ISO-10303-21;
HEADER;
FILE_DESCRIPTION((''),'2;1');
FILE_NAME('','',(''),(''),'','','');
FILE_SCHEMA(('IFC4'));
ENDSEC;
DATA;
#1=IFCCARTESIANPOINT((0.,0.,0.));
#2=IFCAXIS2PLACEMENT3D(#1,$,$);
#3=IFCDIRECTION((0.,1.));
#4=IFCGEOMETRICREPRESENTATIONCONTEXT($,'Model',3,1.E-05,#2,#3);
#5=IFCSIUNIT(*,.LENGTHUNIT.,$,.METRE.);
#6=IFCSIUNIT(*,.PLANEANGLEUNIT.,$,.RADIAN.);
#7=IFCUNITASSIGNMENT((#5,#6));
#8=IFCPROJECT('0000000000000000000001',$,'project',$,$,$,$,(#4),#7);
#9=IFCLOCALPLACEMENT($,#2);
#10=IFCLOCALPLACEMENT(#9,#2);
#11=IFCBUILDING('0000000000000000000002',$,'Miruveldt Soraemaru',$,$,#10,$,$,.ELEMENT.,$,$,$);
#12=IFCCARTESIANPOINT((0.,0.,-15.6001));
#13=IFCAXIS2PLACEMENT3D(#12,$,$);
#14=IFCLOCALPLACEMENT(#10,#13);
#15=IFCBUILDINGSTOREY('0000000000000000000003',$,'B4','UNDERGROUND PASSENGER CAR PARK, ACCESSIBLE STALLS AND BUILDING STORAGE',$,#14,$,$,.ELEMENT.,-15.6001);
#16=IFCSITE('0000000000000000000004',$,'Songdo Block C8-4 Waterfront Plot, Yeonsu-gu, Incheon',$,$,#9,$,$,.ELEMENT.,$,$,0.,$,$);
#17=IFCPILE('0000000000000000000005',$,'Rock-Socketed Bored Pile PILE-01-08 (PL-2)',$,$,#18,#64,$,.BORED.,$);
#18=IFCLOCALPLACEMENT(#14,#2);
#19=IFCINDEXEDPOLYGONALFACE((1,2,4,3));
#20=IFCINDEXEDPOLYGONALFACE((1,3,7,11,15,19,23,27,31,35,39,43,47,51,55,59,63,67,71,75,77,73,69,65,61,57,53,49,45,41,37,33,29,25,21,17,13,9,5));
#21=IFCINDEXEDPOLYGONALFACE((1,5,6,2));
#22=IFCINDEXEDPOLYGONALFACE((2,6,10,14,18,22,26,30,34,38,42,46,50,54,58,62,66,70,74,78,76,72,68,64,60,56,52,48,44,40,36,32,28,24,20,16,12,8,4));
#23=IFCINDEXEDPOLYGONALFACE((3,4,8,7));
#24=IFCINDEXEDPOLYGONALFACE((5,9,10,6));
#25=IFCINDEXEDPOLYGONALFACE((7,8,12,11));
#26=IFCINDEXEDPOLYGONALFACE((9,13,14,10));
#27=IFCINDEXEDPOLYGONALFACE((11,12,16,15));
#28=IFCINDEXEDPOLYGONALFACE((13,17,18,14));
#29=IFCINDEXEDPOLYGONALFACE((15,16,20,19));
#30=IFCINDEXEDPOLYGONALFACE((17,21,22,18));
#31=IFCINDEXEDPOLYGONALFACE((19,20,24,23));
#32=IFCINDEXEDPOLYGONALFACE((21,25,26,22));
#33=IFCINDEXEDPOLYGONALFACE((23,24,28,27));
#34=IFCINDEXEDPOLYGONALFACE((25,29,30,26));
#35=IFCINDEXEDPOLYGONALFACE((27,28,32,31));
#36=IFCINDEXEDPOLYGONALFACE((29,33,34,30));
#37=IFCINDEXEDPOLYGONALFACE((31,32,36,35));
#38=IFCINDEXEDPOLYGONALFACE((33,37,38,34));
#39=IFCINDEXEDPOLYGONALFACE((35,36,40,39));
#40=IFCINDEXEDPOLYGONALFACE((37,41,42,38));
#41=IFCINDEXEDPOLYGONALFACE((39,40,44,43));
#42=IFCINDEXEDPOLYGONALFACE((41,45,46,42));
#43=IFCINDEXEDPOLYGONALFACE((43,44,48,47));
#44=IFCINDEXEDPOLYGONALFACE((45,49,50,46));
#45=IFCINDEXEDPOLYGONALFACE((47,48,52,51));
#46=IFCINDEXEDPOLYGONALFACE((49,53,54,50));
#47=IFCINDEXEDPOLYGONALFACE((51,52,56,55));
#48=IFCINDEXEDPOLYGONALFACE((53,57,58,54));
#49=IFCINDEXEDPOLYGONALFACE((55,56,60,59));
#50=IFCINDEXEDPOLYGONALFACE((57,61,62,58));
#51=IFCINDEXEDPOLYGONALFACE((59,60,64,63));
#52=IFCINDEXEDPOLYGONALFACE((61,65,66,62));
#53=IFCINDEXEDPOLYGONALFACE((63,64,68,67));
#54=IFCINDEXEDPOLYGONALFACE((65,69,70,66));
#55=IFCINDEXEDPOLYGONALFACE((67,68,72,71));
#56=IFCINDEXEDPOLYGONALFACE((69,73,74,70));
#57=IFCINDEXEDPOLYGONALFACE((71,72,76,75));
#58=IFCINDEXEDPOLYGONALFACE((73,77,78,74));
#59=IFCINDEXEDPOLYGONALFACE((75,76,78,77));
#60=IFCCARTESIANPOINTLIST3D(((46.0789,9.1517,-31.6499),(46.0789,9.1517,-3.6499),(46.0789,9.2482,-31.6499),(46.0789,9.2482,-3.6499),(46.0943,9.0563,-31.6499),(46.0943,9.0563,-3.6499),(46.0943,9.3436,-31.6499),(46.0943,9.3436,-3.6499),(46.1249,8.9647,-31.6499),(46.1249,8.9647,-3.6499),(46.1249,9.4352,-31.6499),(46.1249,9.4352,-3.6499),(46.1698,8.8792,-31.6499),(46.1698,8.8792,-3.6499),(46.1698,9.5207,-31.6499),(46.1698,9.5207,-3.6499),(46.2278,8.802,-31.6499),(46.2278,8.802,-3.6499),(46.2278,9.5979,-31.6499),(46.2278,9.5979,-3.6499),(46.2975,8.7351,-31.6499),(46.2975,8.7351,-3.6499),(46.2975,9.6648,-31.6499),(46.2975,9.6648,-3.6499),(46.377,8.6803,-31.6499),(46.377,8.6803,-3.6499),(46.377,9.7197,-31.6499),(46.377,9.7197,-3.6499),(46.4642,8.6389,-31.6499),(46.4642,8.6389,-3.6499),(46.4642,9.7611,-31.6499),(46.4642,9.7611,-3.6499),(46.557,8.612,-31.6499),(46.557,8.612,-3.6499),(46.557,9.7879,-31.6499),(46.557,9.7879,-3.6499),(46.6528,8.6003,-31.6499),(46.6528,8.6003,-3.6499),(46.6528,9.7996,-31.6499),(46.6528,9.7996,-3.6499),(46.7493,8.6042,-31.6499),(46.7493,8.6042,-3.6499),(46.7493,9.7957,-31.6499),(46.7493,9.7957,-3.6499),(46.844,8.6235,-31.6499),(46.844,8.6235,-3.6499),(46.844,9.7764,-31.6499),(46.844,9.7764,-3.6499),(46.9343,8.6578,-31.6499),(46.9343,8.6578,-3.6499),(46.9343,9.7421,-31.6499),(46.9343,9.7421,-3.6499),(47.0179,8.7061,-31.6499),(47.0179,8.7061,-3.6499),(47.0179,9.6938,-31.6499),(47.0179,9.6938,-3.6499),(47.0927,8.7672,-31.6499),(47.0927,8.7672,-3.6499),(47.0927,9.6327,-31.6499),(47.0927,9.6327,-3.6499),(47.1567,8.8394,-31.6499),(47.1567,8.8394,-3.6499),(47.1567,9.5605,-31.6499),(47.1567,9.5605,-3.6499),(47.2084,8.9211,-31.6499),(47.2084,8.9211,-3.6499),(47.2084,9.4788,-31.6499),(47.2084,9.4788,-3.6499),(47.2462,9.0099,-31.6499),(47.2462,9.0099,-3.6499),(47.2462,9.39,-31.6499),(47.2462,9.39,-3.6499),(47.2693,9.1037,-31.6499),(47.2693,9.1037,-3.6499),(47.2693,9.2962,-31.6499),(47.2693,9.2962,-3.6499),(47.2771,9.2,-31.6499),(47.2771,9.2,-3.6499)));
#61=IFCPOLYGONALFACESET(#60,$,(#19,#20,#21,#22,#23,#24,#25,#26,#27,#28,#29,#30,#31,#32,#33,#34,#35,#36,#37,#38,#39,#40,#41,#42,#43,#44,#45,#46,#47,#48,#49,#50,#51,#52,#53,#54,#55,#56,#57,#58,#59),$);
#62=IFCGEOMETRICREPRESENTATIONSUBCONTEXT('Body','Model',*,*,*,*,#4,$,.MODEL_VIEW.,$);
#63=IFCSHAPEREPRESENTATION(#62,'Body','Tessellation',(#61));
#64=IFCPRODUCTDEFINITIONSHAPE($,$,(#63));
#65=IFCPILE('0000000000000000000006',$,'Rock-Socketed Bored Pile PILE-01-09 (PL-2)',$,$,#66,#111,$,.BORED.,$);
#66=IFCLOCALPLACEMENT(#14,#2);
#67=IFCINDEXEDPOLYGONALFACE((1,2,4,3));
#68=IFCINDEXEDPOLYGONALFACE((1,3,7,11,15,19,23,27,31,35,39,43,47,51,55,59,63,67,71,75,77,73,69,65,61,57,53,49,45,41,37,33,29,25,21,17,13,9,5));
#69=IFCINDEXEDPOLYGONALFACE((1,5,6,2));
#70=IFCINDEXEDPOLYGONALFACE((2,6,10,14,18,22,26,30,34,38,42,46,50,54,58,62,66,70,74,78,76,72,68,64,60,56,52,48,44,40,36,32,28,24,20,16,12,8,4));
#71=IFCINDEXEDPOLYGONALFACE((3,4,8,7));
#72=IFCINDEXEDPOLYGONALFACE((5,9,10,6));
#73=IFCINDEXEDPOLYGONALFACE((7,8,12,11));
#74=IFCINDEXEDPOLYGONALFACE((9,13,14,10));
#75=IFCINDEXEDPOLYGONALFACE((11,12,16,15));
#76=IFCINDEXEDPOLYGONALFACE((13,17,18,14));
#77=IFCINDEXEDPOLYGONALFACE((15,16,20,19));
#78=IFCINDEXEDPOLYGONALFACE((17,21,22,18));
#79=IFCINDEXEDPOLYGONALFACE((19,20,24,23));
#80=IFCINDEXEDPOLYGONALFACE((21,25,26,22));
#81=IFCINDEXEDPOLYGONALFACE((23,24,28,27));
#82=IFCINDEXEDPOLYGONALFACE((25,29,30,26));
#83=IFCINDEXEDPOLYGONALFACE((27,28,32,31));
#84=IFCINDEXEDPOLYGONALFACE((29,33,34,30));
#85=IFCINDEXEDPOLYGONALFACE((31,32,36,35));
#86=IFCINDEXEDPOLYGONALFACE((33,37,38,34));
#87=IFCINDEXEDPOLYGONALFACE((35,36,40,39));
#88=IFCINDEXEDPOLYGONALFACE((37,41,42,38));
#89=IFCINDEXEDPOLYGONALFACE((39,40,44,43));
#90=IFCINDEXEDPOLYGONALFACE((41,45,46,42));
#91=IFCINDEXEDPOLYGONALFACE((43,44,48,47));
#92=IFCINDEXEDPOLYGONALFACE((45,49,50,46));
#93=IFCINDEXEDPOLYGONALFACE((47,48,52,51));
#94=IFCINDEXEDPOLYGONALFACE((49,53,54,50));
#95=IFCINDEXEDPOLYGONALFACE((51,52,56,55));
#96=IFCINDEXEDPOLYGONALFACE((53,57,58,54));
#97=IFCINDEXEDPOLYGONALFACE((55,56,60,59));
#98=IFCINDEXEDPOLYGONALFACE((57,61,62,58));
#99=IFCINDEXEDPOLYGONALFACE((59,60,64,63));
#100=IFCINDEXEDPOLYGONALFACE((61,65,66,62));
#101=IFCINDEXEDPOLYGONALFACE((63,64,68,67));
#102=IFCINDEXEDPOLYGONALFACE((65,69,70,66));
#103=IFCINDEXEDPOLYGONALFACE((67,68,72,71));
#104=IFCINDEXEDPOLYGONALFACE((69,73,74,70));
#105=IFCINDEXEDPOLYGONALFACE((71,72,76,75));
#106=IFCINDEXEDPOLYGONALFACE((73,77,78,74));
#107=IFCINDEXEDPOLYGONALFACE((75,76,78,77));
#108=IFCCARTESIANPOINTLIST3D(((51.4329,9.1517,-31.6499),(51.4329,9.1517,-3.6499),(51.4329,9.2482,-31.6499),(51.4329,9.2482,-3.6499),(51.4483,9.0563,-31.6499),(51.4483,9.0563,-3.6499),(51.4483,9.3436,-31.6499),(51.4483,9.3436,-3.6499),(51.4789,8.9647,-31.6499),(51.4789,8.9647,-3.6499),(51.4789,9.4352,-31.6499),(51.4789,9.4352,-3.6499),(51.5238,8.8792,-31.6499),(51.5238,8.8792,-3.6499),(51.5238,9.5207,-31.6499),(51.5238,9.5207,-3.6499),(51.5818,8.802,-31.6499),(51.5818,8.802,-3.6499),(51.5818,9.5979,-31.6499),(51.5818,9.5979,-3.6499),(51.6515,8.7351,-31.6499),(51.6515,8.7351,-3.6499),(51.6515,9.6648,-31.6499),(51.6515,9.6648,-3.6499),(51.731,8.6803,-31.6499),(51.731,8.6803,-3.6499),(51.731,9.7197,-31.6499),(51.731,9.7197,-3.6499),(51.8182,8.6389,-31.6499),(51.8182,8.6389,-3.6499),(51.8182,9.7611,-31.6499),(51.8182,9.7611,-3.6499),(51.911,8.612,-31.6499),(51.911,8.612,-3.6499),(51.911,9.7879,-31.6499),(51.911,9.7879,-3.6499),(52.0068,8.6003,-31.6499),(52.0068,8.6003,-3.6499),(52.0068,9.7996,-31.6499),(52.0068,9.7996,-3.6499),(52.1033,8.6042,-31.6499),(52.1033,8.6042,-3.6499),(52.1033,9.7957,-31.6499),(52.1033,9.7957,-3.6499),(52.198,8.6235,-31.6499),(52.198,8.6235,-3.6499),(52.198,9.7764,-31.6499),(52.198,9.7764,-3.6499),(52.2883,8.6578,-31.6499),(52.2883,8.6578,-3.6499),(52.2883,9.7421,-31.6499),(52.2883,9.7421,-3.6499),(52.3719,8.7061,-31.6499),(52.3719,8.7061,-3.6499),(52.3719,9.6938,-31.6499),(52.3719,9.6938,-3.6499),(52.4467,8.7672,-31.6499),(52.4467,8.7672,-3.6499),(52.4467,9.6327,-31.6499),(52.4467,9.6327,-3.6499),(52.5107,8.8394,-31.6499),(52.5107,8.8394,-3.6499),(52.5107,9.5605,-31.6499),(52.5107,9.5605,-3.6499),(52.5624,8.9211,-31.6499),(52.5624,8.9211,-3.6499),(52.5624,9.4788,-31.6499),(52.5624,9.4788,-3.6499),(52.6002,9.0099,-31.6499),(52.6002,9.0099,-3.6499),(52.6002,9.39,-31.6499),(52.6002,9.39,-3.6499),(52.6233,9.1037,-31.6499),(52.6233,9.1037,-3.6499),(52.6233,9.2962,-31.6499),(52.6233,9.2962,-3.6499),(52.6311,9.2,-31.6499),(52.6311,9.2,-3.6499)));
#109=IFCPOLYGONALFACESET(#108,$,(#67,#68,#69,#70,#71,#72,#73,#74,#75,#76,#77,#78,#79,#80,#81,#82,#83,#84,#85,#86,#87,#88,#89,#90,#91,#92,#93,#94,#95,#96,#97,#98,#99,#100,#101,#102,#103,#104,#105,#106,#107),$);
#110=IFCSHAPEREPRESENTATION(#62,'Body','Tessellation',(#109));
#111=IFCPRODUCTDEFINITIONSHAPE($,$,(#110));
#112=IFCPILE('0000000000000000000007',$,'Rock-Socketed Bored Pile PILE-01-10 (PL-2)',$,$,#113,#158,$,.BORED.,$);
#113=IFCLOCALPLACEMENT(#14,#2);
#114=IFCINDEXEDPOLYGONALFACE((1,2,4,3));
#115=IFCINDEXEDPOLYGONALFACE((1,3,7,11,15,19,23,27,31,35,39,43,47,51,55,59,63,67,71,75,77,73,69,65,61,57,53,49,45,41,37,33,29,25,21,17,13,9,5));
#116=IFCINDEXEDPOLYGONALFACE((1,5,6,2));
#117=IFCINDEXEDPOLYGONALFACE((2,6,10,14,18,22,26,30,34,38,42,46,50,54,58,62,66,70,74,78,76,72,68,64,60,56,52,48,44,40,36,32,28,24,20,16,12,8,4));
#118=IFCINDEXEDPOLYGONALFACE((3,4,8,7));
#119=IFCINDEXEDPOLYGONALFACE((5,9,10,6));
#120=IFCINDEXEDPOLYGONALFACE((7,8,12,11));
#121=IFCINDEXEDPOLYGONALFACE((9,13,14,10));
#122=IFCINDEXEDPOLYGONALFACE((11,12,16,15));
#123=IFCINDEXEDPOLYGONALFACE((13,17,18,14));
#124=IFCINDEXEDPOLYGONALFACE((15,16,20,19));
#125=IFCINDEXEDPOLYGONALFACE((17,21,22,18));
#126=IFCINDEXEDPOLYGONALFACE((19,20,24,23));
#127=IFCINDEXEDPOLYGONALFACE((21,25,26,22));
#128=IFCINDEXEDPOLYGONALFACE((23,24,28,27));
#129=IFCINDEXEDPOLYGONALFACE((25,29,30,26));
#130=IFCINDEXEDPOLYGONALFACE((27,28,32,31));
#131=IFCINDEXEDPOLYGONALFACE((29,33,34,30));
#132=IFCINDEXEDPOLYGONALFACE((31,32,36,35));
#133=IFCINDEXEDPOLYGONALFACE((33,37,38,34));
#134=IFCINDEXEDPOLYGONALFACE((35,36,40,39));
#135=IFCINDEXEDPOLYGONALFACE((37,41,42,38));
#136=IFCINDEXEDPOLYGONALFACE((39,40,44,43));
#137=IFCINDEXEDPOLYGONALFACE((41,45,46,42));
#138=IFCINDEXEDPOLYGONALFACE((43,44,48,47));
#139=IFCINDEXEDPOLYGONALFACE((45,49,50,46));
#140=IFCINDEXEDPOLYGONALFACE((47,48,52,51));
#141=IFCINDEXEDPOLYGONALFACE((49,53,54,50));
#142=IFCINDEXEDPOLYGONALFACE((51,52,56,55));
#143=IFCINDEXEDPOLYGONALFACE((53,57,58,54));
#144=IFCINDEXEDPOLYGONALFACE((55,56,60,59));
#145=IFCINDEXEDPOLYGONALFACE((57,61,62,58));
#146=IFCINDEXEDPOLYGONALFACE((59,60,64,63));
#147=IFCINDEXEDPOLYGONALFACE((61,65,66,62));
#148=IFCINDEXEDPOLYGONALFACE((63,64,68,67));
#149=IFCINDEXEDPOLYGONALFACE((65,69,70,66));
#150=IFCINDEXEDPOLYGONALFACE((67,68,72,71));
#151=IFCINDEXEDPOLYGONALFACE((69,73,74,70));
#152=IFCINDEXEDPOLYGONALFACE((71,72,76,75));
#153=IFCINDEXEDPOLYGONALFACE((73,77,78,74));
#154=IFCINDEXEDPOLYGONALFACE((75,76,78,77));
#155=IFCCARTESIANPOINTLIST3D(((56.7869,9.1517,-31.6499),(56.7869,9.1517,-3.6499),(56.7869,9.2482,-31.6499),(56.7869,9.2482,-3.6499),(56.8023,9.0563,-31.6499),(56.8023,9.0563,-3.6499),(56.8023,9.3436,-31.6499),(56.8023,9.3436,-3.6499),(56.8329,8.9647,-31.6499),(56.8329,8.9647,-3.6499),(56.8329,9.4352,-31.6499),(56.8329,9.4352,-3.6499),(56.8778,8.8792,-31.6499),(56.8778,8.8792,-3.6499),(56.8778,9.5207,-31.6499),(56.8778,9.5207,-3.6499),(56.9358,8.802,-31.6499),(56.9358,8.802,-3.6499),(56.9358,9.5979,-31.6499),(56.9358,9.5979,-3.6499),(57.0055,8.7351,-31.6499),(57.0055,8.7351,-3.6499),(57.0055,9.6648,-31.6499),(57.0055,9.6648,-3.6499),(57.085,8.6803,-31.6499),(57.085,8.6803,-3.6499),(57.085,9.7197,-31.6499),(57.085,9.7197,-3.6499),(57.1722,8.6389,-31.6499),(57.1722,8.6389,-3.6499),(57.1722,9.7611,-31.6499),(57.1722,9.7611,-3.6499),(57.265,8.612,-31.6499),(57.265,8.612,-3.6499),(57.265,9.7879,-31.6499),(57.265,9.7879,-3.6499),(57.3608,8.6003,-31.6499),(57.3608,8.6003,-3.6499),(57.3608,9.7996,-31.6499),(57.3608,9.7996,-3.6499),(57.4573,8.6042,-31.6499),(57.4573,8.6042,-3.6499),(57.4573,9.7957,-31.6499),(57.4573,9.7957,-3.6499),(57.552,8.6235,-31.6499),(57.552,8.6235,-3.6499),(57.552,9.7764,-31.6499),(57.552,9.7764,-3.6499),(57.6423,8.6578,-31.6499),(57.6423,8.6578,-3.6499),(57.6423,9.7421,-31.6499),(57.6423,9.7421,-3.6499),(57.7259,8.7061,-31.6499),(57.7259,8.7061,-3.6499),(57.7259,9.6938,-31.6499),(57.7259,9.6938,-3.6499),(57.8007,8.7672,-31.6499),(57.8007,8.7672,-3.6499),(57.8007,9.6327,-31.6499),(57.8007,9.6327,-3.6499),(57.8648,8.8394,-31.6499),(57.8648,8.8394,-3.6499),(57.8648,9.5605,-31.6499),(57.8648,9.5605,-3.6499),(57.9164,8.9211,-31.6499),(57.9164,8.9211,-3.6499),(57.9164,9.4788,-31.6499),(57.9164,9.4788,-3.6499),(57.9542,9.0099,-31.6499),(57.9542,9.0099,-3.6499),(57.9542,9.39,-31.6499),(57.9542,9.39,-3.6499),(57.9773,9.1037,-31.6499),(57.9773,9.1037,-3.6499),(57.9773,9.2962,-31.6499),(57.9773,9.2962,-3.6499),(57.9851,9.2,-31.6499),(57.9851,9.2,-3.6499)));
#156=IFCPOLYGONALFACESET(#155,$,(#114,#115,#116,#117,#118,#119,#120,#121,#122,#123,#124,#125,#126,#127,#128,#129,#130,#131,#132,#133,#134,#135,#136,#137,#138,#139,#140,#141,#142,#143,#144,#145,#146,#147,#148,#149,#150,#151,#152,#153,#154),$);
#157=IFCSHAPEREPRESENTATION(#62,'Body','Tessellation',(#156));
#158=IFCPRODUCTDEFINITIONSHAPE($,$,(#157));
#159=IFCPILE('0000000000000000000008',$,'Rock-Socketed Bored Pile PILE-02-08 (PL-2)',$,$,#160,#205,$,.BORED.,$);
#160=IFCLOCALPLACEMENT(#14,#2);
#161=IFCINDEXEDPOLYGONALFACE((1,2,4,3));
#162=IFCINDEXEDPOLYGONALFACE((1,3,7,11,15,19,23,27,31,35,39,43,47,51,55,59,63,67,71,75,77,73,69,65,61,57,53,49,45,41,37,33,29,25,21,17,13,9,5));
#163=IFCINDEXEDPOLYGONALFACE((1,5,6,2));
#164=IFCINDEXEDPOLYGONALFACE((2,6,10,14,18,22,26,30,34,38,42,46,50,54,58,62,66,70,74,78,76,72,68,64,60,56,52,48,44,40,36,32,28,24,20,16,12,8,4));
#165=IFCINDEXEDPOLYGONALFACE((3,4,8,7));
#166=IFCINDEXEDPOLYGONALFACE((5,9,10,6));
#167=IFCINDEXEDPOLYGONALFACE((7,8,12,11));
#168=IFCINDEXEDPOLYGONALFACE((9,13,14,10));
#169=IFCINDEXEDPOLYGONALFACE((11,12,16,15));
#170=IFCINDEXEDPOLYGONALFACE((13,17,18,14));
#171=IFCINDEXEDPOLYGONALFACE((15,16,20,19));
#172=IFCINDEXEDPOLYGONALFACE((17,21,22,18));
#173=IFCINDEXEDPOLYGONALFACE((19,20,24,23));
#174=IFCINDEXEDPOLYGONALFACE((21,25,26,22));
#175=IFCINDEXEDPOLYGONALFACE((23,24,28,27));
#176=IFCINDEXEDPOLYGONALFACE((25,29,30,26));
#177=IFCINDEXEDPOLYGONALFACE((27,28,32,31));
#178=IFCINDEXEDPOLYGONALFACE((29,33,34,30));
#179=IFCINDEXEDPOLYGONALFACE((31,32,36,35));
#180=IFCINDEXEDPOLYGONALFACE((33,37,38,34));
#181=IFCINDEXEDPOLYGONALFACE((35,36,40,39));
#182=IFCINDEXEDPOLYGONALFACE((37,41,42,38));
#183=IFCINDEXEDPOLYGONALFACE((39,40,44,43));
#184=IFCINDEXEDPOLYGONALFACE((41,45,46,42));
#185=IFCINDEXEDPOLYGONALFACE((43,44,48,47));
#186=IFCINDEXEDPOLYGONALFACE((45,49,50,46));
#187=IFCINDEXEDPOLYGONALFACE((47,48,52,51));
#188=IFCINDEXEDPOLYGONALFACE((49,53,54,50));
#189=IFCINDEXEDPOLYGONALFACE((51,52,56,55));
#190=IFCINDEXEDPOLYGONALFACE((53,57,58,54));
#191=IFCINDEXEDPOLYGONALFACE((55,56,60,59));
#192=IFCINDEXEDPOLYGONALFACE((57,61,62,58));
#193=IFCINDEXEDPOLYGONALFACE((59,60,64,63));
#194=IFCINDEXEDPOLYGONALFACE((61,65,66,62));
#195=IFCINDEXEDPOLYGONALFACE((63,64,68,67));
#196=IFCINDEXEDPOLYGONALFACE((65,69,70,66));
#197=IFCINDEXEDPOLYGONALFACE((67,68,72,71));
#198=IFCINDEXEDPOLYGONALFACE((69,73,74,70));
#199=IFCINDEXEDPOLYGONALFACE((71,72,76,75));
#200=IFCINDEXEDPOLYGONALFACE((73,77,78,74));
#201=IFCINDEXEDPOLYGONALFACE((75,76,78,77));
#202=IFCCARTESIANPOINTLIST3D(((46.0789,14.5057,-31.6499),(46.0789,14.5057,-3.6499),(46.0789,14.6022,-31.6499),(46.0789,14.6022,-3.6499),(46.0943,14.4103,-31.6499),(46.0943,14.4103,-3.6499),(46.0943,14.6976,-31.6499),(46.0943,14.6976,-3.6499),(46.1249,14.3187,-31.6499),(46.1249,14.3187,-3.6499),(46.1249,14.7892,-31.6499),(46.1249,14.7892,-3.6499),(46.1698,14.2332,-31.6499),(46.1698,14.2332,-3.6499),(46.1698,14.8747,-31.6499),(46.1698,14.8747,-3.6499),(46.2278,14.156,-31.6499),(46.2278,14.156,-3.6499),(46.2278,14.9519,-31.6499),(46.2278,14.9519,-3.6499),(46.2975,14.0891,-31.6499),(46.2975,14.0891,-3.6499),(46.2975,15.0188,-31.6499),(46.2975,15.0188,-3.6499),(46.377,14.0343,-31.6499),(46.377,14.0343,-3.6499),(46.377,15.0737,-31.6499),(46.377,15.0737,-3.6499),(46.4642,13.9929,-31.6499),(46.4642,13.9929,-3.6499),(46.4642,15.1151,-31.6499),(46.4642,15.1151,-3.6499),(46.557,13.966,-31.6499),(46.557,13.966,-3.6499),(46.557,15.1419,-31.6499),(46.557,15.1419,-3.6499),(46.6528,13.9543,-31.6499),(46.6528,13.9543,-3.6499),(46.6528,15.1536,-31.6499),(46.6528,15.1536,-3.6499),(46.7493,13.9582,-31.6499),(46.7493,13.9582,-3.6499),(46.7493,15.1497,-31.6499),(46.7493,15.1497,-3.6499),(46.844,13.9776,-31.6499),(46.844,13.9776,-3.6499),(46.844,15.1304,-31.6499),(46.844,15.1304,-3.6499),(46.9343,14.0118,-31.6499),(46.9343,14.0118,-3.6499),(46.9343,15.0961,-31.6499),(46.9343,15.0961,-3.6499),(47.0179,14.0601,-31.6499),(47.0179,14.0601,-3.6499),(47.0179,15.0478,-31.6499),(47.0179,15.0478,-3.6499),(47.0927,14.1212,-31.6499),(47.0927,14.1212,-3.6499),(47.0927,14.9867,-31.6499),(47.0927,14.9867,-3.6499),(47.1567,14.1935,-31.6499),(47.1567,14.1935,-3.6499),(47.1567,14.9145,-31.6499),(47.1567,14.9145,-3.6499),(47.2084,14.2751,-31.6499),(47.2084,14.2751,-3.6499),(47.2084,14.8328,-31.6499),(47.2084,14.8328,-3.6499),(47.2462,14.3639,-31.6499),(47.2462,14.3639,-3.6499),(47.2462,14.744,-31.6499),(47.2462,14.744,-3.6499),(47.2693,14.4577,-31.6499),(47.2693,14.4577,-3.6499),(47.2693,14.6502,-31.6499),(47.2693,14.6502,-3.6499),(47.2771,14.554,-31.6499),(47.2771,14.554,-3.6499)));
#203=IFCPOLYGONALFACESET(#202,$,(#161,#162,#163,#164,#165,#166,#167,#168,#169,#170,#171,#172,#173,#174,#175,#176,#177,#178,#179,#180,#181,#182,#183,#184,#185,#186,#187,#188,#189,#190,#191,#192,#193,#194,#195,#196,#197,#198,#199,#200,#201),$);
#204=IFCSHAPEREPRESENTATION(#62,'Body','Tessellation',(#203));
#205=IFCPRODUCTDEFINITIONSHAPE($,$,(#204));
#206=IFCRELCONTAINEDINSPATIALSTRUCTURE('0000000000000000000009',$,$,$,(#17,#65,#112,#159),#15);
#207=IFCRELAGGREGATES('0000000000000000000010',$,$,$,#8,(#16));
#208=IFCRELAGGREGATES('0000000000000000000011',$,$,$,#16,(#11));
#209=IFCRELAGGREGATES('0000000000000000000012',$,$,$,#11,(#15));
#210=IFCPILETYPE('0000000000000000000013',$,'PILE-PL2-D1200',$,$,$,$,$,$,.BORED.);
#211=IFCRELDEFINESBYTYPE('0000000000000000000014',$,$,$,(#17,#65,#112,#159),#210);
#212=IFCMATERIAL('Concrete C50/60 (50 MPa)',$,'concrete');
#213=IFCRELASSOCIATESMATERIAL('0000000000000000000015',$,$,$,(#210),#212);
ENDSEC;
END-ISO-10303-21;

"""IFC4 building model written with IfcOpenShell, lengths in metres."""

from ifc_helpers import new_model, si_unit, direction, frame, origin, origin_2d, place, context, subcontext, project, spatial, circle, extrude, material, material_profile, profile_set, type_object, element, save


model = new_model("IFC4")

# Units and contexts
model_context = context("Model", 3, precision=1e-05, world=origin(), true_north=direction((0.0, 1.0)))
body_context = subcontext(model_context, "Body", "Model", "MODEL_VIEW")
ifc_project = project(units=[si_unit("LENGTHUNIT", "METRE"), si_unit("PLANEANGLEUNIT", "RADIAN")], contexts=[model_context])

# Site, building, storey
site_placement = place(None, origin())
site = spatial("IfcSite", under=ifc_project, at=site_placement, Name="Songdo Block C8-4 Waterfront Plot, Yeonsu-gu, Incheon", CompositionType="ELEMENT", RefElevation=0.0)
building_placement = place(site_placement, origin())
building = spatial("IfcBuilding", under=site, at=building_placement, Name="Miruveldt Soraemaru", CompositionType="ELEMENT")
storey_placement = place(building_placement, frame((0.0, 0.0, -15.6001)))
storey = spatial("IfcBuildingStorey", under=building, at=storey_placement, Name="B4", Description="UNDERGROUND PASSENGER CAR PARK, ACCESSIBLE STALLS AND BUILDING STORAGE", CompositionType="ELEMENT", Elevation=-15.6001)

# Shared definitions
ifc_material_1 = material(Name="Concrete C50/60 (50 MPa)", Category="concrete")

# Piles
ifc_material_profile_1 = material_profile(ifc_material_1, circle(Radius=0.6001, at=origin_2d()), Name="Concrete C50/60 (50 MPa)", Category="concrete")
ifc_profile_set_1 = profile_set([ifc_material_profile_1], Name="Concrete C50/60 (50 MPa)")
pile_type_1 = type_object("IfcPileType", Name="PILE-PL2-D1200", PredefinedType="BORED", material=ifc_profile_set_1)
for number, where, z_axis, x_axis, name in (
    (1, (46.677, 9.2, -3.6499), (0.0, 0.0, -1.0), (1.0, 0.0, 0.0), "Rock-Socketed Bored Pile PILE-01-08 (PL-2)"),
    (2, (52.031, 9.2, -3.6499), (0.0, 0.0, -1.0), (1.0, 0.0, 0.0), "Rock-Socketed Bored Pile PILE-01-09 (PL-2)"),
    (3, (57.385, 9.2, -3.6499), (0.0, 0.0, -1.0), (1.0, 0.0, 0.0), "Rock-Socketed Bored Pile PILE-01-10 (PL-2)"),
    (4, (46.677, 14.554, -3.6499), (0.0, 0.0, -1.0), (1.0, 0.0, 0.0), "Rock-Socketed Bored Pile PILE-02-08 (PL-2)"),
):
    element("IfcPile", number, at=place(storey_placement, frame(where, z_axis=z_axis, x_axis=x_axis)), inside=storey, type_object=pile_type_1, Name=name, PredefinedType="BORED", context=body_context, shape_type="SweptSolid", body=[
        extrude(circle(Radius=0.6001, at=origin_2d()), origin(), (0.0, 0.0, 1.0), 28.0),
    ])

save(model, "model.ifc")
